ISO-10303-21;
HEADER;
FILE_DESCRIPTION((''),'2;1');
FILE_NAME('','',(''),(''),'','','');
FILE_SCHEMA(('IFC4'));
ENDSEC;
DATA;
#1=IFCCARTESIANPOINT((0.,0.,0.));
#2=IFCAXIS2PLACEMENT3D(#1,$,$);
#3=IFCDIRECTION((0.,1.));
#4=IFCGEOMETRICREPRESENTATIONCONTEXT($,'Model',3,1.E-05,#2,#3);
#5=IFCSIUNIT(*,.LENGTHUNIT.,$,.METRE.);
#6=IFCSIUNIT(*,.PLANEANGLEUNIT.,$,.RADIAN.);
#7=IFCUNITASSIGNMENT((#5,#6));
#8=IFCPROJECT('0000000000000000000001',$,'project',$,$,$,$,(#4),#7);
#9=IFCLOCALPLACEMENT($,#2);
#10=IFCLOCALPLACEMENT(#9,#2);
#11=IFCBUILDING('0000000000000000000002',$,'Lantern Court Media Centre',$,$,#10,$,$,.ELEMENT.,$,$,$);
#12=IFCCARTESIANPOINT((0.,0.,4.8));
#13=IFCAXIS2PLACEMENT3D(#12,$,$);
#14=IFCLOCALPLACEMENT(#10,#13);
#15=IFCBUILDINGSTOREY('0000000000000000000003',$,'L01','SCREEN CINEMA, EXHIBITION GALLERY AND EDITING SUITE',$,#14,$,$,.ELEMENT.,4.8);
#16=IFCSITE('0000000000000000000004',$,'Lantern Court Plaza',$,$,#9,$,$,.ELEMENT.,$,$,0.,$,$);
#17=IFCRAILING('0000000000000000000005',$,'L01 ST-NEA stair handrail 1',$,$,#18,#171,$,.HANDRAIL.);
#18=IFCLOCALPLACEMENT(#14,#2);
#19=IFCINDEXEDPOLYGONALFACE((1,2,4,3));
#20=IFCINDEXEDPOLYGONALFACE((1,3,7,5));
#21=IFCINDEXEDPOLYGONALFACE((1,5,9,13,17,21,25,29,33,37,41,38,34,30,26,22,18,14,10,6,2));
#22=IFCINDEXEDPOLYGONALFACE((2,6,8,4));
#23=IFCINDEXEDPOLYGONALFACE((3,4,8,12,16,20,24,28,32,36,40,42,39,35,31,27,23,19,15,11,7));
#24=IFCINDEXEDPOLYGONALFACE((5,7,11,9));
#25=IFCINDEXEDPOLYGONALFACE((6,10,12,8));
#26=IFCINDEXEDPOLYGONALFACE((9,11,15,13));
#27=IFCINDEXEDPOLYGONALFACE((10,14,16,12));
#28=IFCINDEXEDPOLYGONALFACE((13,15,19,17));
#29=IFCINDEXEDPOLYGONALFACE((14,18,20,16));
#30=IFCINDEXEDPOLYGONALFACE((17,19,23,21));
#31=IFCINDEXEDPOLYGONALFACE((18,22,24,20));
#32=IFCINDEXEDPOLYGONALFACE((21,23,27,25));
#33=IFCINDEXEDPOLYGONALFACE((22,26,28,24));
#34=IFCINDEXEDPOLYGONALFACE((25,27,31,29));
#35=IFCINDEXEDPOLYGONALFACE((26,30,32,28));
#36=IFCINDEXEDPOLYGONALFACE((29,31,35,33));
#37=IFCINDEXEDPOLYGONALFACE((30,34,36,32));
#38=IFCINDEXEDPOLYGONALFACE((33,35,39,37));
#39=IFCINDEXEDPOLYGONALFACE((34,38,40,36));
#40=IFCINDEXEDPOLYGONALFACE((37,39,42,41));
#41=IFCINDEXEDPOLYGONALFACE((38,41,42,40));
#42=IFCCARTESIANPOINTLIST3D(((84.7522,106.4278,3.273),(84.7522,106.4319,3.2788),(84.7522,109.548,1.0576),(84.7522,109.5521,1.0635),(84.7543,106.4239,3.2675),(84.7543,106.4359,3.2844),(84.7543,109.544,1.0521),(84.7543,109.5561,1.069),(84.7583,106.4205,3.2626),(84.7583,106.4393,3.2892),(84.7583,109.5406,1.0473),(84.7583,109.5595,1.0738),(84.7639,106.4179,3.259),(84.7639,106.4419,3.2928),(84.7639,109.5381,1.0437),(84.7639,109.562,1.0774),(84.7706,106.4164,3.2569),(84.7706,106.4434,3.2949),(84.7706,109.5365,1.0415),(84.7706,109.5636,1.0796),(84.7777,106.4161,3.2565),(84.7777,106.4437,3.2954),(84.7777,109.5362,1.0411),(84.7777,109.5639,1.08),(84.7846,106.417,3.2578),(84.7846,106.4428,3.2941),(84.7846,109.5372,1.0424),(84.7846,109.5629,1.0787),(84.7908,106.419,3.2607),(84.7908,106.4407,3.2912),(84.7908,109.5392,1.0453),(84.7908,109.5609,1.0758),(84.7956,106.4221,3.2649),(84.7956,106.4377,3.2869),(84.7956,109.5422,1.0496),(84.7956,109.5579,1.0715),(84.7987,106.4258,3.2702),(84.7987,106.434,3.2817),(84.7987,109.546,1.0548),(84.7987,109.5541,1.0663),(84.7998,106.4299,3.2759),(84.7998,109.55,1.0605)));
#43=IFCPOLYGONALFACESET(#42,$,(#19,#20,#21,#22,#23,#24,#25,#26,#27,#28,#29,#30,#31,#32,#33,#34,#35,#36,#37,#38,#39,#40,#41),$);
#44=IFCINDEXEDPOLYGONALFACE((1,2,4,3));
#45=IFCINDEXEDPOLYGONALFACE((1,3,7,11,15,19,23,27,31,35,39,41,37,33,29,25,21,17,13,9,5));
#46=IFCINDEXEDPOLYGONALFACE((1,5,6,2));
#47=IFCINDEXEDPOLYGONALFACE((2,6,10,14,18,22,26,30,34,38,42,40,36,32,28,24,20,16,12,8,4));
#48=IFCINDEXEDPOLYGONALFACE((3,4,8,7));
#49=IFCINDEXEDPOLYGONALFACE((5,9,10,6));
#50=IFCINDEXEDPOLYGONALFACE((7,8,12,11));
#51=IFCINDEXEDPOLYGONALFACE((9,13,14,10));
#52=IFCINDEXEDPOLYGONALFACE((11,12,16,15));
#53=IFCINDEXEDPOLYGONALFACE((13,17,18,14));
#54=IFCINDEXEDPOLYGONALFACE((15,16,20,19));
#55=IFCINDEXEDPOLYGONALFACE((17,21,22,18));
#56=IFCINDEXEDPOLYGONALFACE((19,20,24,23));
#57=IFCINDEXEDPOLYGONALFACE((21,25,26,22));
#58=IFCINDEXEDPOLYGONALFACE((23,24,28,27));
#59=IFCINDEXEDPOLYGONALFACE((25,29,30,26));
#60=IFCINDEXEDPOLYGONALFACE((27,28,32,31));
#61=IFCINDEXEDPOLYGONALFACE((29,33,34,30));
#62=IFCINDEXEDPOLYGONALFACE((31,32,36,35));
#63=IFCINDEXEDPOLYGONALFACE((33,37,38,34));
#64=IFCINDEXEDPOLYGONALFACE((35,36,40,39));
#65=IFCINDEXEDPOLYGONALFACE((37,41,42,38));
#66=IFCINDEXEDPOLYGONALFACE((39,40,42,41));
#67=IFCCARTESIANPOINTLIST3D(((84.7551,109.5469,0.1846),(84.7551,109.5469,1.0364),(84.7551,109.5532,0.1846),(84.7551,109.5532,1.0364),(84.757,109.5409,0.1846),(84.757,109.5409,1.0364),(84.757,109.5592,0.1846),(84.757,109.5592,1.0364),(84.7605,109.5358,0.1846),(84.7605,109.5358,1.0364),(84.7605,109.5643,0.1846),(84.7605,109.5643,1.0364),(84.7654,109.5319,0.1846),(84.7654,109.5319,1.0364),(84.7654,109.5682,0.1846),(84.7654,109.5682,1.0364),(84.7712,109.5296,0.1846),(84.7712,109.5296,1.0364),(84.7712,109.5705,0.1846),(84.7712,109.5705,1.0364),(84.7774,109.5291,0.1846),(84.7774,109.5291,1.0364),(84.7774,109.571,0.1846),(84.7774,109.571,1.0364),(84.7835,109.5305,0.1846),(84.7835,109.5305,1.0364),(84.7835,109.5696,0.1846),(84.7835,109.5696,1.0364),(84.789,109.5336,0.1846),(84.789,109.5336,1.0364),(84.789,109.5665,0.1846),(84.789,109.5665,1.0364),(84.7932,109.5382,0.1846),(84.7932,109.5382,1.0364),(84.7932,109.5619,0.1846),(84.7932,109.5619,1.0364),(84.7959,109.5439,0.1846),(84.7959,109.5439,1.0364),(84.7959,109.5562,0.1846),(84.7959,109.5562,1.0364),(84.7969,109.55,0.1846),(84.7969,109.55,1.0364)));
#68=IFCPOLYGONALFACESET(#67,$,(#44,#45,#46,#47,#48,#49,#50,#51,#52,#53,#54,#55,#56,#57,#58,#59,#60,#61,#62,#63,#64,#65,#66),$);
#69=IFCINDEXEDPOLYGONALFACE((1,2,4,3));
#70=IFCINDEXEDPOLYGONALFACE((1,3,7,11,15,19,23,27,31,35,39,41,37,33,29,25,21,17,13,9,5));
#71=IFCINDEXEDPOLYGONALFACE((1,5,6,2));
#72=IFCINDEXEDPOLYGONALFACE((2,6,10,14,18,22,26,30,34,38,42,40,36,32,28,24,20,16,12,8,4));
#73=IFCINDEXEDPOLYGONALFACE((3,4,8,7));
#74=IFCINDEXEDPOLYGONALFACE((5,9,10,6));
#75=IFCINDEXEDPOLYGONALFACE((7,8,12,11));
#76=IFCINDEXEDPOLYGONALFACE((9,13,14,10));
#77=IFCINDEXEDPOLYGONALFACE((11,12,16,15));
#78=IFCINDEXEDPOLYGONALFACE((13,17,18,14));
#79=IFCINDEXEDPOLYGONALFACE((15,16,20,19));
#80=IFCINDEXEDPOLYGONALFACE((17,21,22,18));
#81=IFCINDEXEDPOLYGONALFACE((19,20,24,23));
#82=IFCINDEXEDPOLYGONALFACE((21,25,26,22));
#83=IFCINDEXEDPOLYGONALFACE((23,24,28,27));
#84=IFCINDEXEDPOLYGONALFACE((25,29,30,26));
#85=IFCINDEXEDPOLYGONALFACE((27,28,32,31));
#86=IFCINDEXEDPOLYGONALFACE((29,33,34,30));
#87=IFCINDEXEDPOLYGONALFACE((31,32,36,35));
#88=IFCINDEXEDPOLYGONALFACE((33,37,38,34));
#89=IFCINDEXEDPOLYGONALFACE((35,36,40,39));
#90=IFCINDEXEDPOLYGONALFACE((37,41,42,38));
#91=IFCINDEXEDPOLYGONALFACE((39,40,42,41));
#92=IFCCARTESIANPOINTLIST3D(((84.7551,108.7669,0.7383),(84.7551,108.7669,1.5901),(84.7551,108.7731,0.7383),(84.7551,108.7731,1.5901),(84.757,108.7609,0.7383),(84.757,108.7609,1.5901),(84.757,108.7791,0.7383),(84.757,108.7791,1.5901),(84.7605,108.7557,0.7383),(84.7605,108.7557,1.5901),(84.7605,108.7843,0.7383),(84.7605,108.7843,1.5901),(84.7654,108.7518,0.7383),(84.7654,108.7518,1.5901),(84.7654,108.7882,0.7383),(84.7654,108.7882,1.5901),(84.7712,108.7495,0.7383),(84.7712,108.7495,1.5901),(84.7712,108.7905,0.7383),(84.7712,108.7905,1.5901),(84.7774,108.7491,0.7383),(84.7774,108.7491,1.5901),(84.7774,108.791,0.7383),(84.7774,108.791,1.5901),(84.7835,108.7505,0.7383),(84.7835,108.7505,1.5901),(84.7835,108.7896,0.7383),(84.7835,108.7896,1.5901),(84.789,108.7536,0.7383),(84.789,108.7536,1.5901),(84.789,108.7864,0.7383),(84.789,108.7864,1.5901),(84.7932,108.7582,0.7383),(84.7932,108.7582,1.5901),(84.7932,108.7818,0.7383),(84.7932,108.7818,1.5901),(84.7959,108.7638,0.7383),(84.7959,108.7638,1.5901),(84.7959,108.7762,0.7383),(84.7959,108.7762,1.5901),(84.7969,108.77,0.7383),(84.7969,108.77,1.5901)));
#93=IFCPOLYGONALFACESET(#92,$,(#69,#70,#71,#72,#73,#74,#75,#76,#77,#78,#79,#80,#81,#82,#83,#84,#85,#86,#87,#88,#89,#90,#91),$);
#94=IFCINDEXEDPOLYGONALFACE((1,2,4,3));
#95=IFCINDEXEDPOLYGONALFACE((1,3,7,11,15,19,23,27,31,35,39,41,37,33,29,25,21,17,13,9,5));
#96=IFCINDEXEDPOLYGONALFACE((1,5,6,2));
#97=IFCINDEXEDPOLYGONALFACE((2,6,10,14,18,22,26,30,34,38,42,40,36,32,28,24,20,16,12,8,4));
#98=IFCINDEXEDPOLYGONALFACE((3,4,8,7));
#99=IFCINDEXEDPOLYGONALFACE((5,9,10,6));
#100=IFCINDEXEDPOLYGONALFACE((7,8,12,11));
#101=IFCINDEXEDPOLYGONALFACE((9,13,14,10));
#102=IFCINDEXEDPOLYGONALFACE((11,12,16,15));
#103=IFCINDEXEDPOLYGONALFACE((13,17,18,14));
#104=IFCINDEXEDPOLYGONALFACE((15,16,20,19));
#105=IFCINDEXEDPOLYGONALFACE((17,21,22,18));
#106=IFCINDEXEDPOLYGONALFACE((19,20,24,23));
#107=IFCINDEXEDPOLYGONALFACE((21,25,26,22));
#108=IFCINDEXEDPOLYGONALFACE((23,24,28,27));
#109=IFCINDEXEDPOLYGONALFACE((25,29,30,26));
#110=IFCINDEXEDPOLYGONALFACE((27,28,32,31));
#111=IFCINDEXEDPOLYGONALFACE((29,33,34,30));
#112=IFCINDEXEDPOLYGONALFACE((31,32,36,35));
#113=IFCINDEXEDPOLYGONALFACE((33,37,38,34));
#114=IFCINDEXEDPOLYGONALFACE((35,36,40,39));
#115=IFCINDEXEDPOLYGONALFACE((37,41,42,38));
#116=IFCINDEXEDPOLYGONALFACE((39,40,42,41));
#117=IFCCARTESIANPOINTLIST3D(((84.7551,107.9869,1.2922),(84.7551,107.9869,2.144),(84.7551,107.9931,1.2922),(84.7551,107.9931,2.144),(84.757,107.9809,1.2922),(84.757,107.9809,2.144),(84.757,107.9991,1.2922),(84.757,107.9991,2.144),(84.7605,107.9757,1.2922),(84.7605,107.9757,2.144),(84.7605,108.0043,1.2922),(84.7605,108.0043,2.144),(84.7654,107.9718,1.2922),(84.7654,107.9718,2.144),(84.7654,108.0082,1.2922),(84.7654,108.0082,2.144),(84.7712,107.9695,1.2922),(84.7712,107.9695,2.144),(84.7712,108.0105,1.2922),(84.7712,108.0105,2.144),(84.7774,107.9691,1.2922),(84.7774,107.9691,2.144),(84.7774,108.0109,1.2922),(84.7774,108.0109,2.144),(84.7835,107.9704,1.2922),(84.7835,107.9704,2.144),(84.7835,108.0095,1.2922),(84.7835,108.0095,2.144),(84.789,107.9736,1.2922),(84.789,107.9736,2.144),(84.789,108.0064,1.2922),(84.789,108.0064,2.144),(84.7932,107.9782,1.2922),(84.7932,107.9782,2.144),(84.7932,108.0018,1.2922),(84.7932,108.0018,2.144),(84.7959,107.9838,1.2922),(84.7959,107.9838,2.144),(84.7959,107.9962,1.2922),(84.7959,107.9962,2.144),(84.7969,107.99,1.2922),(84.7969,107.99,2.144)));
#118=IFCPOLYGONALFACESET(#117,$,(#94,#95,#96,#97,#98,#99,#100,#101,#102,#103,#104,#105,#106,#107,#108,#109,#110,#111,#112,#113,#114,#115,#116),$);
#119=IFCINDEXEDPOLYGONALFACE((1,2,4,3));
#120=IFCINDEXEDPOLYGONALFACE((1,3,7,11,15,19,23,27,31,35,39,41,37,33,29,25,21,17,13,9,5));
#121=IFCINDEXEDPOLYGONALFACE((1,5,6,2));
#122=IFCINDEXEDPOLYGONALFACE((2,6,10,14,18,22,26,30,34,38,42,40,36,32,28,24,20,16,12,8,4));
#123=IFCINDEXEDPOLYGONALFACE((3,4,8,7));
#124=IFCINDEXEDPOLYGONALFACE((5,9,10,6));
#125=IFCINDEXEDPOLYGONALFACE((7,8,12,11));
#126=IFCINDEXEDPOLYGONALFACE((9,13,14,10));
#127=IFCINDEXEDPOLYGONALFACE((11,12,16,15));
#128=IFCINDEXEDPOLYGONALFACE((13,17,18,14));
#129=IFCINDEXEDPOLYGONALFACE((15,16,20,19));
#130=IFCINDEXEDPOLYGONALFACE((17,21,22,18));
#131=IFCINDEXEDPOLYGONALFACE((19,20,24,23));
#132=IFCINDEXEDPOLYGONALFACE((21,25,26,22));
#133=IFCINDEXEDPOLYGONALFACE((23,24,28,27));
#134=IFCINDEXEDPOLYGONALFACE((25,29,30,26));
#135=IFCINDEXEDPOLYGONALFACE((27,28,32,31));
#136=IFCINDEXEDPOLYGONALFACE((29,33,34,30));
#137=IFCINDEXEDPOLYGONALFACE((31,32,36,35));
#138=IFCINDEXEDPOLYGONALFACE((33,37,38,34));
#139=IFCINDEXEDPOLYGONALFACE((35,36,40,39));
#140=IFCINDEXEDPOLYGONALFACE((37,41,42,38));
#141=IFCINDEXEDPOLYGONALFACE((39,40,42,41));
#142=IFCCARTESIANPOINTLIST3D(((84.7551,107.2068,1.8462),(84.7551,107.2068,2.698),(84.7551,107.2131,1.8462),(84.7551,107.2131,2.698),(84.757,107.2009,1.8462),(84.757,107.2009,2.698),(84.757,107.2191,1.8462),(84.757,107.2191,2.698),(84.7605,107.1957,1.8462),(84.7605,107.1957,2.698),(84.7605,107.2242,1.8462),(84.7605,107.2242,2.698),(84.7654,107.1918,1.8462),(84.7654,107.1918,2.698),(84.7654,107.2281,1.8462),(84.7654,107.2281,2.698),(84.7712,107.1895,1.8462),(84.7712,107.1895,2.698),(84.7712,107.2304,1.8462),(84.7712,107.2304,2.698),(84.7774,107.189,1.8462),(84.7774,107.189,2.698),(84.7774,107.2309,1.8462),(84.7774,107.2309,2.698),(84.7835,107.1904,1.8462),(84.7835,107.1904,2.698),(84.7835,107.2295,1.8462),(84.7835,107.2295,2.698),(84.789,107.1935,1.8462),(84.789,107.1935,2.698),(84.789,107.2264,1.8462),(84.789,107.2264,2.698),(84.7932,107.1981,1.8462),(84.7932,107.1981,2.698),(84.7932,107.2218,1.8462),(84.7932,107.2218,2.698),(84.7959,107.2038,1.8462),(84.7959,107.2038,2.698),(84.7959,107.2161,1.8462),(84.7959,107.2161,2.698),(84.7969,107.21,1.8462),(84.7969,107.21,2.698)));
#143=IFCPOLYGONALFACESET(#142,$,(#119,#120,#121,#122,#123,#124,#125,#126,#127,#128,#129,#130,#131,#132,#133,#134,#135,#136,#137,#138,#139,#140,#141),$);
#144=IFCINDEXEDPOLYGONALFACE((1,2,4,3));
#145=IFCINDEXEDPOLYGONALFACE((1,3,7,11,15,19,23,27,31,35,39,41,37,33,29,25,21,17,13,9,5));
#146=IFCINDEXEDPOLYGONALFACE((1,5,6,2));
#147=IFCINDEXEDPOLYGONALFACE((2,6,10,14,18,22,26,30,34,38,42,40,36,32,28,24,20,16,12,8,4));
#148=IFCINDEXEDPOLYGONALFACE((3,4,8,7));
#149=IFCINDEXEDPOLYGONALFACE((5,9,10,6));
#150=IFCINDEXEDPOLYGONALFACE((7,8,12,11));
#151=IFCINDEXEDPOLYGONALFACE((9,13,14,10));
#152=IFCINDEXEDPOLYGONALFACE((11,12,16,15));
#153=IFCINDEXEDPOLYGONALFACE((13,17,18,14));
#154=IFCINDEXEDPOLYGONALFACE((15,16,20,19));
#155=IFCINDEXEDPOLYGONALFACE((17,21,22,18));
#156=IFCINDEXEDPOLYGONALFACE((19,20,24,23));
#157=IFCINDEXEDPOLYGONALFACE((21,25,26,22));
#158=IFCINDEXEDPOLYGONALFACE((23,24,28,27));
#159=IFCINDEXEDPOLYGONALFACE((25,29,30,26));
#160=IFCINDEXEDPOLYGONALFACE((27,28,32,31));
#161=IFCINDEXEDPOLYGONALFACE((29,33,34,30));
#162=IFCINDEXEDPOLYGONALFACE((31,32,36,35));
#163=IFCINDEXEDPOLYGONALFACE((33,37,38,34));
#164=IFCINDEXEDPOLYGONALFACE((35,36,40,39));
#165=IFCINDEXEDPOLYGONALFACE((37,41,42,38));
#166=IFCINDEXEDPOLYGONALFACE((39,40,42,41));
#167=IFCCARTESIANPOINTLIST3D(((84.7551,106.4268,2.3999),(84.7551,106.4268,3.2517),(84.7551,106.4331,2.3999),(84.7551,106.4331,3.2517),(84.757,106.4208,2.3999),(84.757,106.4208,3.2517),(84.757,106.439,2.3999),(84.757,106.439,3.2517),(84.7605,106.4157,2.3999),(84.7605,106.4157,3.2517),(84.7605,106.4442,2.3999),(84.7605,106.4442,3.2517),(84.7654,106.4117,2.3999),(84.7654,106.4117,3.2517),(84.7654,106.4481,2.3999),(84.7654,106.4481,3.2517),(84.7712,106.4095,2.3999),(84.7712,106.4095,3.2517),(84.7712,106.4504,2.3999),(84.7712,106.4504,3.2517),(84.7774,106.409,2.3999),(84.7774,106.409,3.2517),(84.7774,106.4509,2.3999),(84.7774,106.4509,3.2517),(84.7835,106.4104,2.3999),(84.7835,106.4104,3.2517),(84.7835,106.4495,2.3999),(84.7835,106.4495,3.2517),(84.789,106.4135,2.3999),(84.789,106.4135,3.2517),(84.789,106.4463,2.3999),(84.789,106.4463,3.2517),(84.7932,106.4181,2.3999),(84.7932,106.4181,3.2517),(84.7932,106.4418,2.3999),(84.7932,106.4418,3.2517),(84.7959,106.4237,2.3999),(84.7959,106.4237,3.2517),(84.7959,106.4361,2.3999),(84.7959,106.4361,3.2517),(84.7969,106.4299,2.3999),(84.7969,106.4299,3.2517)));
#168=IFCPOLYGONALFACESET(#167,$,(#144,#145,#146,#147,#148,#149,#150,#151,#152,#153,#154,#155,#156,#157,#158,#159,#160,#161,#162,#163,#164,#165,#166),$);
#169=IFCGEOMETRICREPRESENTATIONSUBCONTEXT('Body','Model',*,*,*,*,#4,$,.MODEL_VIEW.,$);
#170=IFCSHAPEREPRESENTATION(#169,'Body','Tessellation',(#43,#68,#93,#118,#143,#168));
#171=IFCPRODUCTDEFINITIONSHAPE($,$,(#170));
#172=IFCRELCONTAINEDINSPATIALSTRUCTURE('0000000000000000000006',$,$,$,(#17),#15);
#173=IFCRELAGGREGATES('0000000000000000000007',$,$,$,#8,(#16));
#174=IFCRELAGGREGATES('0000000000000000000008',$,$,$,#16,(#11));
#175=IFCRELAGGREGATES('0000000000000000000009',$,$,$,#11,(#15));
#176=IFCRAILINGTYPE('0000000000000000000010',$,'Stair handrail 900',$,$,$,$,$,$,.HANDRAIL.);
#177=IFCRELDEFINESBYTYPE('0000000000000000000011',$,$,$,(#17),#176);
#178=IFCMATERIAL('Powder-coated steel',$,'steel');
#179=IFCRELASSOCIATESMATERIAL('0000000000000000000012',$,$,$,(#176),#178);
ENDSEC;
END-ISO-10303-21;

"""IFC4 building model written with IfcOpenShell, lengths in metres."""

from ifc_helpers import new_model, si_unit, direction, frame, origin, origin_2d, place, context, subcontext, project, spatial, circle, extrude, material, type_object, element, save


model = new_model("IFC4")

# Units and contexts
model_context = context("Model", 3, precision=1e-05, world=origin(), true_north=direction((0.0, 1.0)))
body_context = subcontext(model_context, "Body", "Model", "MODEL_VIEW")
ifc_project = project(units=[si_unit("LENGTHUNIT", "METRE"), si_unit("PLANEANGLEUNIT", "RADIAN")], contexts=[model_context])

# Site, building, storey
site_placement = place(None, origin())
site = spatial("IfcSite", under=ifc_project, at=site_placement, Name="Lantern Court Plaza", CompositionType="ELEMENT", RefElevation=0.0)
building_placement = place(site_placement, origin())
building = spatial("IfcBuilding", under=site, at=building_placement, Name="Lantern Court Media Centre", CompositionType="ELEMENT")
storey_placement = place(building_placement, frame((0.0, 0.0, 4.8)))
storey = spatial("IfcBuildingStorey", under=building, at=storey_placement, Name="L01", Description="SCREEN CINEMA, EXHIBITION GALLERY AND EDITING SUITE", CompositionType="ELEMENT", Elevation=4.8)

# Shared definitions
ifc_material_1 = material(Name="Powder-coated steel", Category="steel")

# Railing
railing_type_1 = type_object("IfcRailingType", Name="Stair handrail 900", PredefinedType="HANDRAIL", material=ifc_material_1)
for number, where, name in (
    (1, (84.7759, 109.55, 0.1846), "L01 ST-NEA stair handrail 1"),
):
    element("IfcRailing", number, at=place(storey_placement, frame(where)), inside=storey, type_object=railing_type_1, Name=name, PredefinedType="HANDRAIL", context=body_context, shape_type="SweptSolid", body=[
        extrude(circle(Radius=0.0239, at=origin_2d()), frame((0.0, 0.0, 0.876), z_axis=(0.0, -0.815377, 0.57893), x_axis=(1.0, 0.0, 0.0)), (0.0, 0.0, 1.0), 3.8267),
        extrude(circle(Radius=0.021, at=origin_2d()), origin(), (0.0, 0.0, 1.0), 0.8518),
        extrude(circle(Radius=0.021, at=origin_2d()), frame((0.0, -0.78, 0.5537)), (0.0, 0.0, 1.0), 0.8518),
        extrude(circle(Radius=0.021, at=origin_2d()), frame((0.0, -1.5601, 1.1077)), (0.0, 0.0, 1.0), 0.8518),
        extrude(circle(Radius=0.021, at=origin_2d()), frame((0.0, -2.3401, 1.6616)), (0.0, 0.0, 1.0), 0.8518),
        extrude(circle(Radius=0.021, at=origin_2d()), frame((0.0, -3.1201, 2.2153)), (0.0, 0.0, 1.0), 0.8518),
    ])

save(model, "model.ifc")
